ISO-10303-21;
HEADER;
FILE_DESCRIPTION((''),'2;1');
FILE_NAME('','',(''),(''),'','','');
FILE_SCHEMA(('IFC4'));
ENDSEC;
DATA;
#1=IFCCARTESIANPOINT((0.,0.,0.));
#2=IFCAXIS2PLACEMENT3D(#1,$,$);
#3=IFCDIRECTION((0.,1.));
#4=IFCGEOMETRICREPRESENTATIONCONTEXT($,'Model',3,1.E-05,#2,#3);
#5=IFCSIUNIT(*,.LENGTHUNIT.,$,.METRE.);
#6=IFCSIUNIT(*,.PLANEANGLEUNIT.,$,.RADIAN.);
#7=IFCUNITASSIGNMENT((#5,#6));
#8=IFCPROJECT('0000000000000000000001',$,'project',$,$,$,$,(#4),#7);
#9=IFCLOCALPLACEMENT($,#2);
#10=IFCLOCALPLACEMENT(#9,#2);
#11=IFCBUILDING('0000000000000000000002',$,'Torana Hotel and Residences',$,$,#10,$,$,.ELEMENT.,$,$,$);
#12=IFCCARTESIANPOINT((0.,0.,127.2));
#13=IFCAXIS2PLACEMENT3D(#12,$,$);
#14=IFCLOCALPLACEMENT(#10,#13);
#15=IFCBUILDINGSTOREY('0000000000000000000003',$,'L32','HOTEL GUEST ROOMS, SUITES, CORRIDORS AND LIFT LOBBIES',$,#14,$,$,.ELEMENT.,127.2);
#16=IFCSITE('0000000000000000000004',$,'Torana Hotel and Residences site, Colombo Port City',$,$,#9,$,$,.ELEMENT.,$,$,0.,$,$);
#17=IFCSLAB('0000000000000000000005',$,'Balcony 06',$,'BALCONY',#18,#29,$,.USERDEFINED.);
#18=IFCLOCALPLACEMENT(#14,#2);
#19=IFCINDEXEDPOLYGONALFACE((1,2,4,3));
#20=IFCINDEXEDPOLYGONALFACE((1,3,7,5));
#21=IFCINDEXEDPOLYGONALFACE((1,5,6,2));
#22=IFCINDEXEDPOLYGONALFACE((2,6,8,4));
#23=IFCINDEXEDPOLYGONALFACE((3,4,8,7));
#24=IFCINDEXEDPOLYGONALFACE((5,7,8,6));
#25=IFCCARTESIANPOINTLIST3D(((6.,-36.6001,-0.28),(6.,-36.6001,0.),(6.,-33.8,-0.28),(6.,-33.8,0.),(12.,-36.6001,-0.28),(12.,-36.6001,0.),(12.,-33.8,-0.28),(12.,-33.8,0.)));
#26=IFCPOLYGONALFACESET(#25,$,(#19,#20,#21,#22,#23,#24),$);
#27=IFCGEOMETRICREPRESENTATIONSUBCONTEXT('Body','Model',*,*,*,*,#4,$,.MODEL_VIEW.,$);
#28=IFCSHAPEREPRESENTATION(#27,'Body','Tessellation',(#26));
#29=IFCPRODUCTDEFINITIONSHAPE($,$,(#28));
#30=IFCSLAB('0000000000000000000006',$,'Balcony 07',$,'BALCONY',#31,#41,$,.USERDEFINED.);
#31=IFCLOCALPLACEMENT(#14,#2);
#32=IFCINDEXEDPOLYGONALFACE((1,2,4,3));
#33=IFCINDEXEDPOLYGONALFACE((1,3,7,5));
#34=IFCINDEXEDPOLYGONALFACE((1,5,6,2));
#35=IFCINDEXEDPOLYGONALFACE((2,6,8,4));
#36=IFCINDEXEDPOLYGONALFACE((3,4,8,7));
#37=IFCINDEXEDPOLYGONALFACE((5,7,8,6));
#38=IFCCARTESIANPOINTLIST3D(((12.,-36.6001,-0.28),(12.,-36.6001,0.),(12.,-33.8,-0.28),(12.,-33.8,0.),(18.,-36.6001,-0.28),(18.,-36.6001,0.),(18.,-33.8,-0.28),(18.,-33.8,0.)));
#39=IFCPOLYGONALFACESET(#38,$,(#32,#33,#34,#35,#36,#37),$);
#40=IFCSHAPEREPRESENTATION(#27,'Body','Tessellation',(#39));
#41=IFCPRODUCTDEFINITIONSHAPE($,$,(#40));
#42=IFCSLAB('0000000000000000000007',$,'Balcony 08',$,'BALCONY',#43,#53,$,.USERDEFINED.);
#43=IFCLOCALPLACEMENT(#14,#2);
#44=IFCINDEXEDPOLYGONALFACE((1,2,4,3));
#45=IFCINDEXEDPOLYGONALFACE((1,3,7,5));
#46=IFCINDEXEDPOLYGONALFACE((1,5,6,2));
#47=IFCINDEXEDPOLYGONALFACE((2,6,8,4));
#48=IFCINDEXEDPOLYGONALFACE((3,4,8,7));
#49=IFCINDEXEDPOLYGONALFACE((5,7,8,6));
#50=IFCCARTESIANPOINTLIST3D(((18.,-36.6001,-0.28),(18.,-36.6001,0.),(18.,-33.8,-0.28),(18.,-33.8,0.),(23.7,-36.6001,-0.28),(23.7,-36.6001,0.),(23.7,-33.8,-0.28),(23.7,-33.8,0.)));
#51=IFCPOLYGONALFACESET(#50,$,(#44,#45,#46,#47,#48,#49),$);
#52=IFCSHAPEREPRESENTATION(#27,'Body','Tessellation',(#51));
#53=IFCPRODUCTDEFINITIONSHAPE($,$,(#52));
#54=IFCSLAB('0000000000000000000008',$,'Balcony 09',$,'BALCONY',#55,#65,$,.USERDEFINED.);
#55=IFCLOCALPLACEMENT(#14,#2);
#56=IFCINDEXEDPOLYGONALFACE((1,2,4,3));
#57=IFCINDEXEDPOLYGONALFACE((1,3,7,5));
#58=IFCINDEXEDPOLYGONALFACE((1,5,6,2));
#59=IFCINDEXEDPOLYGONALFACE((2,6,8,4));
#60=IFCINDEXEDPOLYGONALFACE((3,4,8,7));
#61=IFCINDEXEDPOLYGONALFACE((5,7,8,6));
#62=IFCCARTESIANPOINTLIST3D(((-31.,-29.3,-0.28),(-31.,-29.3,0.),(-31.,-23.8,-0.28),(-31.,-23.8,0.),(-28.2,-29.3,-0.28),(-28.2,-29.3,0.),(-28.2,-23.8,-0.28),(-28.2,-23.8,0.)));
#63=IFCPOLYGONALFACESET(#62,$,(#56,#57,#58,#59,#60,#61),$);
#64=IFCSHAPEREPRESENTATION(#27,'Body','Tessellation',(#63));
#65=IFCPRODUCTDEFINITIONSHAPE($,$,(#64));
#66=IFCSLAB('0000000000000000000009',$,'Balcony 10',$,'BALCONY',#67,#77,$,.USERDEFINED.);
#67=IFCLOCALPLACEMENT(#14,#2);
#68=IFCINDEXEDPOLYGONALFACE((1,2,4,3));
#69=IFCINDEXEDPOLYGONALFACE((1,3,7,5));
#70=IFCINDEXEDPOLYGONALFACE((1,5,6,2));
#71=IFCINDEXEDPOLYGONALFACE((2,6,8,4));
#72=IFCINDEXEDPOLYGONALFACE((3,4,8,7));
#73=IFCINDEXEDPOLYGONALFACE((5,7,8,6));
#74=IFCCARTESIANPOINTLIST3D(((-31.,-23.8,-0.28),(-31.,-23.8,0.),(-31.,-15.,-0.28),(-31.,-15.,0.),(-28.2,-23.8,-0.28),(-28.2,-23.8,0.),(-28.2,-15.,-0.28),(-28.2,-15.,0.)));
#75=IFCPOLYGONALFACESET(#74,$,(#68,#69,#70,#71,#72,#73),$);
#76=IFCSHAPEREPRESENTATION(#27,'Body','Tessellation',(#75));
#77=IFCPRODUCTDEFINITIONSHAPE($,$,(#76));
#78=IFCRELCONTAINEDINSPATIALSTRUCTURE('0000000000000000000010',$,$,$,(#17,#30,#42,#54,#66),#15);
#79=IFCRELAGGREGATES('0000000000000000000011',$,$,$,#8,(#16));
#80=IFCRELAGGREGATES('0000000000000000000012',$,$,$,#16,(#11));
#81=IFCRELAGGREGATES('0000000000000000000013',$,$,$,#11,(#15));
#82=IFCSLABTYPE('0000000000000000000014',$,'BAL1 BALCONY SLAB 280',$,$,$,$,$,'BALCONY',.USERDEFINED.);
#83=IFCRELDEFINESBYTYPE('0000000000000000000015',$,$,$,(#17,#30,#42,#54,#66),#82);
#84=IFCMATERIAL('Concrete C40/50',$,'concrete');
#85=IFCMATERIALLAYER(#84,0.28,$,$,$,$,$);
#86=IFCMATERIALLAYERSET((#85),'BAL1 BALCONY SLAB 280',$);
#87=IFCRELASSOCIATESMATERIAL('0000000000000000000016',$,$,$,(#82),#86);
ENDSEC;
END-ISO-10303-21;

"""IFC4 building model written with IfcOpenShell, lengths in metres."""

from ifc_helpers import new_model, si_unit, direction, frame, origin, place, context, subcontext, project, spatial, polyline, outline, extrude, material, layer, layer_set, type_object, element, save


model = new_model("IFC4")

# Units and contexts
model_context = context("Model", 3, precision=1e-05, world=origin(), true_north=direction((0.0, 1.0)))
body_context = subcontext(model_context, "Body", "Model", "MODEL_VIEW")
ifc_project = project(units=[si_unit("LENGTHUNIT", "METRE"), si_unit("PLANEANGLEUNIT", "RADIAN")], contexts=[model_context])

# Site, building, storey
site_placement = place(None, origin())
site = spatial("IfcSite", under=ifc_project, at=site_placement, Name="Torana Hotel and Residences site, Colombo Port City", CompositionType="ELEMENT", RefElevation=0.0)
building_placement = place(site_placement, origin())
building = spatial("IfcBuilding", under=site, at=building_placement, Name="Torana Hotel and Residences", CompositionType="ELEMENT")
storey_placement = place(building_placement, frame((0.0, 0.0, 127.2)))
storey = spatial("IfcBuildingStorey", under=building, at=storey_placement, Name="L32", Description="HOTEL GUEST ROOMS, SUITES, CORRIDORS AND LIFT LOBBIES", CompositionType="ELEMENT", Elevation=127.2)

# Slabs
ifc_material_1 = material(Name="Concrete C40/50", Category="concrete")
ifc_layer_1 = layer(ifc_material_1, 0.28)
ifc_layer_set_1 = layer_set([ifc_layer_1], Name="BAL1 BALCONY SLAB 280")
slab_type = type_object("IfcSlabType", Name="BAL1 BALCONY SLAB 280", ElementType="BALCONY", PredefinedType="USERDEFINED", material=ifc_layer_set_1)
slab_1_placement = place(storey_placement, frame((0.0, 0.0, -0.28)))
element("IfcSlab", 1, at=slab_1_placement, inside=storey, type_object=slab_type, Name="Balcony 06", ObjectType="BALCONY", PredefinedType="USERDEFINED", context=body_context, shape_type="SweptSolid", body=[
    extrude(outline(polyline([(6.0, -36.6001), (12.0, -36.6001), (12.0, -33.8), (6.0, -33.8), (6.0, -36.6001)])), origin(), (0.0, 0.0, 1.0), 0.28),
])
slab_2_placement = place(storey_placement, frame((0.0, 0.0, -0.28)))
element("IfcSlab", 2, at=slab_2_placement, inside=storey, type_object=slab_type, Name="Balcony 07", ObjectType="BALCONY", PredefinedType="USERDEFINED", context=body_context, shape_type="SweptSolid", body=[
    extrude(outline(polyline([(12.0, -36.6001), (18.0, -36.6001), (18.0, -33.8), (12.0, -33.8), (12.0, -36.6001)])), origin(), (0.0, 0.0, 1.0), 0.28),
])
slab_3_placement = place(storey_placement, frame((0.0, 0.0, -0.28)))
element("IfcSlab", 3, at=slab_3_placement, inside=storey, type_object=slab_type, Name="Balcony 08", ObjectType="BALCONY", PredefinedType="USERDEFINED", context=body_context, shape_type="SweptSolid", body=[
    extrude(outline(polyline([(18.0, -36.6001), (23.7, -36.6001), (23.7, -33.8), (18.0, -33.8), (18.0, -36.6001)])), origin(), (0.0, 0.0, 1.0), 0.28),
])
slab_4_placement = place(storey_placement, frame((0.0, 0.0, -0.28)))
element("IfcSlab", 4, at=slab_4_placement, inside=storey, type_object=slab_type, Name="Balcony 09", ObjectType="BALCONY", PredefinedType="USERDEFINED", context=body_context, shape_type="SweptSolid", body=[
    extrude(outline(polyline([(-31.0, -29.3), (-28.2, -29.3), (-28.2, -23.8), (-31.0, -23.8), (-31.0, -29.3)])), origin(), (0.0, 0.0, 1.0), 0.28),
])
slab_5_placement = place(storey_placement, frame((0.0, 0.0, -0.28)))
element("IfcSlab", 5, at=slab_5_placement, inside=storey, type_object=slab_type, Name="Balcony 10", ObjectType="BALCONY", PredefinedType="USERDEFINED", context=body_context, shape_type="SweptSolid", body=[
    extrude(outline(polyline([(-31.0, -23.8), (-28.2, -23.8), (-28.2, -15.0), (-31.0, -15.0), (-31.0, -23.8)])), origin(), (0.0, 0.0, 1.0), 0.28),
])

save(model, "model.ifc")
